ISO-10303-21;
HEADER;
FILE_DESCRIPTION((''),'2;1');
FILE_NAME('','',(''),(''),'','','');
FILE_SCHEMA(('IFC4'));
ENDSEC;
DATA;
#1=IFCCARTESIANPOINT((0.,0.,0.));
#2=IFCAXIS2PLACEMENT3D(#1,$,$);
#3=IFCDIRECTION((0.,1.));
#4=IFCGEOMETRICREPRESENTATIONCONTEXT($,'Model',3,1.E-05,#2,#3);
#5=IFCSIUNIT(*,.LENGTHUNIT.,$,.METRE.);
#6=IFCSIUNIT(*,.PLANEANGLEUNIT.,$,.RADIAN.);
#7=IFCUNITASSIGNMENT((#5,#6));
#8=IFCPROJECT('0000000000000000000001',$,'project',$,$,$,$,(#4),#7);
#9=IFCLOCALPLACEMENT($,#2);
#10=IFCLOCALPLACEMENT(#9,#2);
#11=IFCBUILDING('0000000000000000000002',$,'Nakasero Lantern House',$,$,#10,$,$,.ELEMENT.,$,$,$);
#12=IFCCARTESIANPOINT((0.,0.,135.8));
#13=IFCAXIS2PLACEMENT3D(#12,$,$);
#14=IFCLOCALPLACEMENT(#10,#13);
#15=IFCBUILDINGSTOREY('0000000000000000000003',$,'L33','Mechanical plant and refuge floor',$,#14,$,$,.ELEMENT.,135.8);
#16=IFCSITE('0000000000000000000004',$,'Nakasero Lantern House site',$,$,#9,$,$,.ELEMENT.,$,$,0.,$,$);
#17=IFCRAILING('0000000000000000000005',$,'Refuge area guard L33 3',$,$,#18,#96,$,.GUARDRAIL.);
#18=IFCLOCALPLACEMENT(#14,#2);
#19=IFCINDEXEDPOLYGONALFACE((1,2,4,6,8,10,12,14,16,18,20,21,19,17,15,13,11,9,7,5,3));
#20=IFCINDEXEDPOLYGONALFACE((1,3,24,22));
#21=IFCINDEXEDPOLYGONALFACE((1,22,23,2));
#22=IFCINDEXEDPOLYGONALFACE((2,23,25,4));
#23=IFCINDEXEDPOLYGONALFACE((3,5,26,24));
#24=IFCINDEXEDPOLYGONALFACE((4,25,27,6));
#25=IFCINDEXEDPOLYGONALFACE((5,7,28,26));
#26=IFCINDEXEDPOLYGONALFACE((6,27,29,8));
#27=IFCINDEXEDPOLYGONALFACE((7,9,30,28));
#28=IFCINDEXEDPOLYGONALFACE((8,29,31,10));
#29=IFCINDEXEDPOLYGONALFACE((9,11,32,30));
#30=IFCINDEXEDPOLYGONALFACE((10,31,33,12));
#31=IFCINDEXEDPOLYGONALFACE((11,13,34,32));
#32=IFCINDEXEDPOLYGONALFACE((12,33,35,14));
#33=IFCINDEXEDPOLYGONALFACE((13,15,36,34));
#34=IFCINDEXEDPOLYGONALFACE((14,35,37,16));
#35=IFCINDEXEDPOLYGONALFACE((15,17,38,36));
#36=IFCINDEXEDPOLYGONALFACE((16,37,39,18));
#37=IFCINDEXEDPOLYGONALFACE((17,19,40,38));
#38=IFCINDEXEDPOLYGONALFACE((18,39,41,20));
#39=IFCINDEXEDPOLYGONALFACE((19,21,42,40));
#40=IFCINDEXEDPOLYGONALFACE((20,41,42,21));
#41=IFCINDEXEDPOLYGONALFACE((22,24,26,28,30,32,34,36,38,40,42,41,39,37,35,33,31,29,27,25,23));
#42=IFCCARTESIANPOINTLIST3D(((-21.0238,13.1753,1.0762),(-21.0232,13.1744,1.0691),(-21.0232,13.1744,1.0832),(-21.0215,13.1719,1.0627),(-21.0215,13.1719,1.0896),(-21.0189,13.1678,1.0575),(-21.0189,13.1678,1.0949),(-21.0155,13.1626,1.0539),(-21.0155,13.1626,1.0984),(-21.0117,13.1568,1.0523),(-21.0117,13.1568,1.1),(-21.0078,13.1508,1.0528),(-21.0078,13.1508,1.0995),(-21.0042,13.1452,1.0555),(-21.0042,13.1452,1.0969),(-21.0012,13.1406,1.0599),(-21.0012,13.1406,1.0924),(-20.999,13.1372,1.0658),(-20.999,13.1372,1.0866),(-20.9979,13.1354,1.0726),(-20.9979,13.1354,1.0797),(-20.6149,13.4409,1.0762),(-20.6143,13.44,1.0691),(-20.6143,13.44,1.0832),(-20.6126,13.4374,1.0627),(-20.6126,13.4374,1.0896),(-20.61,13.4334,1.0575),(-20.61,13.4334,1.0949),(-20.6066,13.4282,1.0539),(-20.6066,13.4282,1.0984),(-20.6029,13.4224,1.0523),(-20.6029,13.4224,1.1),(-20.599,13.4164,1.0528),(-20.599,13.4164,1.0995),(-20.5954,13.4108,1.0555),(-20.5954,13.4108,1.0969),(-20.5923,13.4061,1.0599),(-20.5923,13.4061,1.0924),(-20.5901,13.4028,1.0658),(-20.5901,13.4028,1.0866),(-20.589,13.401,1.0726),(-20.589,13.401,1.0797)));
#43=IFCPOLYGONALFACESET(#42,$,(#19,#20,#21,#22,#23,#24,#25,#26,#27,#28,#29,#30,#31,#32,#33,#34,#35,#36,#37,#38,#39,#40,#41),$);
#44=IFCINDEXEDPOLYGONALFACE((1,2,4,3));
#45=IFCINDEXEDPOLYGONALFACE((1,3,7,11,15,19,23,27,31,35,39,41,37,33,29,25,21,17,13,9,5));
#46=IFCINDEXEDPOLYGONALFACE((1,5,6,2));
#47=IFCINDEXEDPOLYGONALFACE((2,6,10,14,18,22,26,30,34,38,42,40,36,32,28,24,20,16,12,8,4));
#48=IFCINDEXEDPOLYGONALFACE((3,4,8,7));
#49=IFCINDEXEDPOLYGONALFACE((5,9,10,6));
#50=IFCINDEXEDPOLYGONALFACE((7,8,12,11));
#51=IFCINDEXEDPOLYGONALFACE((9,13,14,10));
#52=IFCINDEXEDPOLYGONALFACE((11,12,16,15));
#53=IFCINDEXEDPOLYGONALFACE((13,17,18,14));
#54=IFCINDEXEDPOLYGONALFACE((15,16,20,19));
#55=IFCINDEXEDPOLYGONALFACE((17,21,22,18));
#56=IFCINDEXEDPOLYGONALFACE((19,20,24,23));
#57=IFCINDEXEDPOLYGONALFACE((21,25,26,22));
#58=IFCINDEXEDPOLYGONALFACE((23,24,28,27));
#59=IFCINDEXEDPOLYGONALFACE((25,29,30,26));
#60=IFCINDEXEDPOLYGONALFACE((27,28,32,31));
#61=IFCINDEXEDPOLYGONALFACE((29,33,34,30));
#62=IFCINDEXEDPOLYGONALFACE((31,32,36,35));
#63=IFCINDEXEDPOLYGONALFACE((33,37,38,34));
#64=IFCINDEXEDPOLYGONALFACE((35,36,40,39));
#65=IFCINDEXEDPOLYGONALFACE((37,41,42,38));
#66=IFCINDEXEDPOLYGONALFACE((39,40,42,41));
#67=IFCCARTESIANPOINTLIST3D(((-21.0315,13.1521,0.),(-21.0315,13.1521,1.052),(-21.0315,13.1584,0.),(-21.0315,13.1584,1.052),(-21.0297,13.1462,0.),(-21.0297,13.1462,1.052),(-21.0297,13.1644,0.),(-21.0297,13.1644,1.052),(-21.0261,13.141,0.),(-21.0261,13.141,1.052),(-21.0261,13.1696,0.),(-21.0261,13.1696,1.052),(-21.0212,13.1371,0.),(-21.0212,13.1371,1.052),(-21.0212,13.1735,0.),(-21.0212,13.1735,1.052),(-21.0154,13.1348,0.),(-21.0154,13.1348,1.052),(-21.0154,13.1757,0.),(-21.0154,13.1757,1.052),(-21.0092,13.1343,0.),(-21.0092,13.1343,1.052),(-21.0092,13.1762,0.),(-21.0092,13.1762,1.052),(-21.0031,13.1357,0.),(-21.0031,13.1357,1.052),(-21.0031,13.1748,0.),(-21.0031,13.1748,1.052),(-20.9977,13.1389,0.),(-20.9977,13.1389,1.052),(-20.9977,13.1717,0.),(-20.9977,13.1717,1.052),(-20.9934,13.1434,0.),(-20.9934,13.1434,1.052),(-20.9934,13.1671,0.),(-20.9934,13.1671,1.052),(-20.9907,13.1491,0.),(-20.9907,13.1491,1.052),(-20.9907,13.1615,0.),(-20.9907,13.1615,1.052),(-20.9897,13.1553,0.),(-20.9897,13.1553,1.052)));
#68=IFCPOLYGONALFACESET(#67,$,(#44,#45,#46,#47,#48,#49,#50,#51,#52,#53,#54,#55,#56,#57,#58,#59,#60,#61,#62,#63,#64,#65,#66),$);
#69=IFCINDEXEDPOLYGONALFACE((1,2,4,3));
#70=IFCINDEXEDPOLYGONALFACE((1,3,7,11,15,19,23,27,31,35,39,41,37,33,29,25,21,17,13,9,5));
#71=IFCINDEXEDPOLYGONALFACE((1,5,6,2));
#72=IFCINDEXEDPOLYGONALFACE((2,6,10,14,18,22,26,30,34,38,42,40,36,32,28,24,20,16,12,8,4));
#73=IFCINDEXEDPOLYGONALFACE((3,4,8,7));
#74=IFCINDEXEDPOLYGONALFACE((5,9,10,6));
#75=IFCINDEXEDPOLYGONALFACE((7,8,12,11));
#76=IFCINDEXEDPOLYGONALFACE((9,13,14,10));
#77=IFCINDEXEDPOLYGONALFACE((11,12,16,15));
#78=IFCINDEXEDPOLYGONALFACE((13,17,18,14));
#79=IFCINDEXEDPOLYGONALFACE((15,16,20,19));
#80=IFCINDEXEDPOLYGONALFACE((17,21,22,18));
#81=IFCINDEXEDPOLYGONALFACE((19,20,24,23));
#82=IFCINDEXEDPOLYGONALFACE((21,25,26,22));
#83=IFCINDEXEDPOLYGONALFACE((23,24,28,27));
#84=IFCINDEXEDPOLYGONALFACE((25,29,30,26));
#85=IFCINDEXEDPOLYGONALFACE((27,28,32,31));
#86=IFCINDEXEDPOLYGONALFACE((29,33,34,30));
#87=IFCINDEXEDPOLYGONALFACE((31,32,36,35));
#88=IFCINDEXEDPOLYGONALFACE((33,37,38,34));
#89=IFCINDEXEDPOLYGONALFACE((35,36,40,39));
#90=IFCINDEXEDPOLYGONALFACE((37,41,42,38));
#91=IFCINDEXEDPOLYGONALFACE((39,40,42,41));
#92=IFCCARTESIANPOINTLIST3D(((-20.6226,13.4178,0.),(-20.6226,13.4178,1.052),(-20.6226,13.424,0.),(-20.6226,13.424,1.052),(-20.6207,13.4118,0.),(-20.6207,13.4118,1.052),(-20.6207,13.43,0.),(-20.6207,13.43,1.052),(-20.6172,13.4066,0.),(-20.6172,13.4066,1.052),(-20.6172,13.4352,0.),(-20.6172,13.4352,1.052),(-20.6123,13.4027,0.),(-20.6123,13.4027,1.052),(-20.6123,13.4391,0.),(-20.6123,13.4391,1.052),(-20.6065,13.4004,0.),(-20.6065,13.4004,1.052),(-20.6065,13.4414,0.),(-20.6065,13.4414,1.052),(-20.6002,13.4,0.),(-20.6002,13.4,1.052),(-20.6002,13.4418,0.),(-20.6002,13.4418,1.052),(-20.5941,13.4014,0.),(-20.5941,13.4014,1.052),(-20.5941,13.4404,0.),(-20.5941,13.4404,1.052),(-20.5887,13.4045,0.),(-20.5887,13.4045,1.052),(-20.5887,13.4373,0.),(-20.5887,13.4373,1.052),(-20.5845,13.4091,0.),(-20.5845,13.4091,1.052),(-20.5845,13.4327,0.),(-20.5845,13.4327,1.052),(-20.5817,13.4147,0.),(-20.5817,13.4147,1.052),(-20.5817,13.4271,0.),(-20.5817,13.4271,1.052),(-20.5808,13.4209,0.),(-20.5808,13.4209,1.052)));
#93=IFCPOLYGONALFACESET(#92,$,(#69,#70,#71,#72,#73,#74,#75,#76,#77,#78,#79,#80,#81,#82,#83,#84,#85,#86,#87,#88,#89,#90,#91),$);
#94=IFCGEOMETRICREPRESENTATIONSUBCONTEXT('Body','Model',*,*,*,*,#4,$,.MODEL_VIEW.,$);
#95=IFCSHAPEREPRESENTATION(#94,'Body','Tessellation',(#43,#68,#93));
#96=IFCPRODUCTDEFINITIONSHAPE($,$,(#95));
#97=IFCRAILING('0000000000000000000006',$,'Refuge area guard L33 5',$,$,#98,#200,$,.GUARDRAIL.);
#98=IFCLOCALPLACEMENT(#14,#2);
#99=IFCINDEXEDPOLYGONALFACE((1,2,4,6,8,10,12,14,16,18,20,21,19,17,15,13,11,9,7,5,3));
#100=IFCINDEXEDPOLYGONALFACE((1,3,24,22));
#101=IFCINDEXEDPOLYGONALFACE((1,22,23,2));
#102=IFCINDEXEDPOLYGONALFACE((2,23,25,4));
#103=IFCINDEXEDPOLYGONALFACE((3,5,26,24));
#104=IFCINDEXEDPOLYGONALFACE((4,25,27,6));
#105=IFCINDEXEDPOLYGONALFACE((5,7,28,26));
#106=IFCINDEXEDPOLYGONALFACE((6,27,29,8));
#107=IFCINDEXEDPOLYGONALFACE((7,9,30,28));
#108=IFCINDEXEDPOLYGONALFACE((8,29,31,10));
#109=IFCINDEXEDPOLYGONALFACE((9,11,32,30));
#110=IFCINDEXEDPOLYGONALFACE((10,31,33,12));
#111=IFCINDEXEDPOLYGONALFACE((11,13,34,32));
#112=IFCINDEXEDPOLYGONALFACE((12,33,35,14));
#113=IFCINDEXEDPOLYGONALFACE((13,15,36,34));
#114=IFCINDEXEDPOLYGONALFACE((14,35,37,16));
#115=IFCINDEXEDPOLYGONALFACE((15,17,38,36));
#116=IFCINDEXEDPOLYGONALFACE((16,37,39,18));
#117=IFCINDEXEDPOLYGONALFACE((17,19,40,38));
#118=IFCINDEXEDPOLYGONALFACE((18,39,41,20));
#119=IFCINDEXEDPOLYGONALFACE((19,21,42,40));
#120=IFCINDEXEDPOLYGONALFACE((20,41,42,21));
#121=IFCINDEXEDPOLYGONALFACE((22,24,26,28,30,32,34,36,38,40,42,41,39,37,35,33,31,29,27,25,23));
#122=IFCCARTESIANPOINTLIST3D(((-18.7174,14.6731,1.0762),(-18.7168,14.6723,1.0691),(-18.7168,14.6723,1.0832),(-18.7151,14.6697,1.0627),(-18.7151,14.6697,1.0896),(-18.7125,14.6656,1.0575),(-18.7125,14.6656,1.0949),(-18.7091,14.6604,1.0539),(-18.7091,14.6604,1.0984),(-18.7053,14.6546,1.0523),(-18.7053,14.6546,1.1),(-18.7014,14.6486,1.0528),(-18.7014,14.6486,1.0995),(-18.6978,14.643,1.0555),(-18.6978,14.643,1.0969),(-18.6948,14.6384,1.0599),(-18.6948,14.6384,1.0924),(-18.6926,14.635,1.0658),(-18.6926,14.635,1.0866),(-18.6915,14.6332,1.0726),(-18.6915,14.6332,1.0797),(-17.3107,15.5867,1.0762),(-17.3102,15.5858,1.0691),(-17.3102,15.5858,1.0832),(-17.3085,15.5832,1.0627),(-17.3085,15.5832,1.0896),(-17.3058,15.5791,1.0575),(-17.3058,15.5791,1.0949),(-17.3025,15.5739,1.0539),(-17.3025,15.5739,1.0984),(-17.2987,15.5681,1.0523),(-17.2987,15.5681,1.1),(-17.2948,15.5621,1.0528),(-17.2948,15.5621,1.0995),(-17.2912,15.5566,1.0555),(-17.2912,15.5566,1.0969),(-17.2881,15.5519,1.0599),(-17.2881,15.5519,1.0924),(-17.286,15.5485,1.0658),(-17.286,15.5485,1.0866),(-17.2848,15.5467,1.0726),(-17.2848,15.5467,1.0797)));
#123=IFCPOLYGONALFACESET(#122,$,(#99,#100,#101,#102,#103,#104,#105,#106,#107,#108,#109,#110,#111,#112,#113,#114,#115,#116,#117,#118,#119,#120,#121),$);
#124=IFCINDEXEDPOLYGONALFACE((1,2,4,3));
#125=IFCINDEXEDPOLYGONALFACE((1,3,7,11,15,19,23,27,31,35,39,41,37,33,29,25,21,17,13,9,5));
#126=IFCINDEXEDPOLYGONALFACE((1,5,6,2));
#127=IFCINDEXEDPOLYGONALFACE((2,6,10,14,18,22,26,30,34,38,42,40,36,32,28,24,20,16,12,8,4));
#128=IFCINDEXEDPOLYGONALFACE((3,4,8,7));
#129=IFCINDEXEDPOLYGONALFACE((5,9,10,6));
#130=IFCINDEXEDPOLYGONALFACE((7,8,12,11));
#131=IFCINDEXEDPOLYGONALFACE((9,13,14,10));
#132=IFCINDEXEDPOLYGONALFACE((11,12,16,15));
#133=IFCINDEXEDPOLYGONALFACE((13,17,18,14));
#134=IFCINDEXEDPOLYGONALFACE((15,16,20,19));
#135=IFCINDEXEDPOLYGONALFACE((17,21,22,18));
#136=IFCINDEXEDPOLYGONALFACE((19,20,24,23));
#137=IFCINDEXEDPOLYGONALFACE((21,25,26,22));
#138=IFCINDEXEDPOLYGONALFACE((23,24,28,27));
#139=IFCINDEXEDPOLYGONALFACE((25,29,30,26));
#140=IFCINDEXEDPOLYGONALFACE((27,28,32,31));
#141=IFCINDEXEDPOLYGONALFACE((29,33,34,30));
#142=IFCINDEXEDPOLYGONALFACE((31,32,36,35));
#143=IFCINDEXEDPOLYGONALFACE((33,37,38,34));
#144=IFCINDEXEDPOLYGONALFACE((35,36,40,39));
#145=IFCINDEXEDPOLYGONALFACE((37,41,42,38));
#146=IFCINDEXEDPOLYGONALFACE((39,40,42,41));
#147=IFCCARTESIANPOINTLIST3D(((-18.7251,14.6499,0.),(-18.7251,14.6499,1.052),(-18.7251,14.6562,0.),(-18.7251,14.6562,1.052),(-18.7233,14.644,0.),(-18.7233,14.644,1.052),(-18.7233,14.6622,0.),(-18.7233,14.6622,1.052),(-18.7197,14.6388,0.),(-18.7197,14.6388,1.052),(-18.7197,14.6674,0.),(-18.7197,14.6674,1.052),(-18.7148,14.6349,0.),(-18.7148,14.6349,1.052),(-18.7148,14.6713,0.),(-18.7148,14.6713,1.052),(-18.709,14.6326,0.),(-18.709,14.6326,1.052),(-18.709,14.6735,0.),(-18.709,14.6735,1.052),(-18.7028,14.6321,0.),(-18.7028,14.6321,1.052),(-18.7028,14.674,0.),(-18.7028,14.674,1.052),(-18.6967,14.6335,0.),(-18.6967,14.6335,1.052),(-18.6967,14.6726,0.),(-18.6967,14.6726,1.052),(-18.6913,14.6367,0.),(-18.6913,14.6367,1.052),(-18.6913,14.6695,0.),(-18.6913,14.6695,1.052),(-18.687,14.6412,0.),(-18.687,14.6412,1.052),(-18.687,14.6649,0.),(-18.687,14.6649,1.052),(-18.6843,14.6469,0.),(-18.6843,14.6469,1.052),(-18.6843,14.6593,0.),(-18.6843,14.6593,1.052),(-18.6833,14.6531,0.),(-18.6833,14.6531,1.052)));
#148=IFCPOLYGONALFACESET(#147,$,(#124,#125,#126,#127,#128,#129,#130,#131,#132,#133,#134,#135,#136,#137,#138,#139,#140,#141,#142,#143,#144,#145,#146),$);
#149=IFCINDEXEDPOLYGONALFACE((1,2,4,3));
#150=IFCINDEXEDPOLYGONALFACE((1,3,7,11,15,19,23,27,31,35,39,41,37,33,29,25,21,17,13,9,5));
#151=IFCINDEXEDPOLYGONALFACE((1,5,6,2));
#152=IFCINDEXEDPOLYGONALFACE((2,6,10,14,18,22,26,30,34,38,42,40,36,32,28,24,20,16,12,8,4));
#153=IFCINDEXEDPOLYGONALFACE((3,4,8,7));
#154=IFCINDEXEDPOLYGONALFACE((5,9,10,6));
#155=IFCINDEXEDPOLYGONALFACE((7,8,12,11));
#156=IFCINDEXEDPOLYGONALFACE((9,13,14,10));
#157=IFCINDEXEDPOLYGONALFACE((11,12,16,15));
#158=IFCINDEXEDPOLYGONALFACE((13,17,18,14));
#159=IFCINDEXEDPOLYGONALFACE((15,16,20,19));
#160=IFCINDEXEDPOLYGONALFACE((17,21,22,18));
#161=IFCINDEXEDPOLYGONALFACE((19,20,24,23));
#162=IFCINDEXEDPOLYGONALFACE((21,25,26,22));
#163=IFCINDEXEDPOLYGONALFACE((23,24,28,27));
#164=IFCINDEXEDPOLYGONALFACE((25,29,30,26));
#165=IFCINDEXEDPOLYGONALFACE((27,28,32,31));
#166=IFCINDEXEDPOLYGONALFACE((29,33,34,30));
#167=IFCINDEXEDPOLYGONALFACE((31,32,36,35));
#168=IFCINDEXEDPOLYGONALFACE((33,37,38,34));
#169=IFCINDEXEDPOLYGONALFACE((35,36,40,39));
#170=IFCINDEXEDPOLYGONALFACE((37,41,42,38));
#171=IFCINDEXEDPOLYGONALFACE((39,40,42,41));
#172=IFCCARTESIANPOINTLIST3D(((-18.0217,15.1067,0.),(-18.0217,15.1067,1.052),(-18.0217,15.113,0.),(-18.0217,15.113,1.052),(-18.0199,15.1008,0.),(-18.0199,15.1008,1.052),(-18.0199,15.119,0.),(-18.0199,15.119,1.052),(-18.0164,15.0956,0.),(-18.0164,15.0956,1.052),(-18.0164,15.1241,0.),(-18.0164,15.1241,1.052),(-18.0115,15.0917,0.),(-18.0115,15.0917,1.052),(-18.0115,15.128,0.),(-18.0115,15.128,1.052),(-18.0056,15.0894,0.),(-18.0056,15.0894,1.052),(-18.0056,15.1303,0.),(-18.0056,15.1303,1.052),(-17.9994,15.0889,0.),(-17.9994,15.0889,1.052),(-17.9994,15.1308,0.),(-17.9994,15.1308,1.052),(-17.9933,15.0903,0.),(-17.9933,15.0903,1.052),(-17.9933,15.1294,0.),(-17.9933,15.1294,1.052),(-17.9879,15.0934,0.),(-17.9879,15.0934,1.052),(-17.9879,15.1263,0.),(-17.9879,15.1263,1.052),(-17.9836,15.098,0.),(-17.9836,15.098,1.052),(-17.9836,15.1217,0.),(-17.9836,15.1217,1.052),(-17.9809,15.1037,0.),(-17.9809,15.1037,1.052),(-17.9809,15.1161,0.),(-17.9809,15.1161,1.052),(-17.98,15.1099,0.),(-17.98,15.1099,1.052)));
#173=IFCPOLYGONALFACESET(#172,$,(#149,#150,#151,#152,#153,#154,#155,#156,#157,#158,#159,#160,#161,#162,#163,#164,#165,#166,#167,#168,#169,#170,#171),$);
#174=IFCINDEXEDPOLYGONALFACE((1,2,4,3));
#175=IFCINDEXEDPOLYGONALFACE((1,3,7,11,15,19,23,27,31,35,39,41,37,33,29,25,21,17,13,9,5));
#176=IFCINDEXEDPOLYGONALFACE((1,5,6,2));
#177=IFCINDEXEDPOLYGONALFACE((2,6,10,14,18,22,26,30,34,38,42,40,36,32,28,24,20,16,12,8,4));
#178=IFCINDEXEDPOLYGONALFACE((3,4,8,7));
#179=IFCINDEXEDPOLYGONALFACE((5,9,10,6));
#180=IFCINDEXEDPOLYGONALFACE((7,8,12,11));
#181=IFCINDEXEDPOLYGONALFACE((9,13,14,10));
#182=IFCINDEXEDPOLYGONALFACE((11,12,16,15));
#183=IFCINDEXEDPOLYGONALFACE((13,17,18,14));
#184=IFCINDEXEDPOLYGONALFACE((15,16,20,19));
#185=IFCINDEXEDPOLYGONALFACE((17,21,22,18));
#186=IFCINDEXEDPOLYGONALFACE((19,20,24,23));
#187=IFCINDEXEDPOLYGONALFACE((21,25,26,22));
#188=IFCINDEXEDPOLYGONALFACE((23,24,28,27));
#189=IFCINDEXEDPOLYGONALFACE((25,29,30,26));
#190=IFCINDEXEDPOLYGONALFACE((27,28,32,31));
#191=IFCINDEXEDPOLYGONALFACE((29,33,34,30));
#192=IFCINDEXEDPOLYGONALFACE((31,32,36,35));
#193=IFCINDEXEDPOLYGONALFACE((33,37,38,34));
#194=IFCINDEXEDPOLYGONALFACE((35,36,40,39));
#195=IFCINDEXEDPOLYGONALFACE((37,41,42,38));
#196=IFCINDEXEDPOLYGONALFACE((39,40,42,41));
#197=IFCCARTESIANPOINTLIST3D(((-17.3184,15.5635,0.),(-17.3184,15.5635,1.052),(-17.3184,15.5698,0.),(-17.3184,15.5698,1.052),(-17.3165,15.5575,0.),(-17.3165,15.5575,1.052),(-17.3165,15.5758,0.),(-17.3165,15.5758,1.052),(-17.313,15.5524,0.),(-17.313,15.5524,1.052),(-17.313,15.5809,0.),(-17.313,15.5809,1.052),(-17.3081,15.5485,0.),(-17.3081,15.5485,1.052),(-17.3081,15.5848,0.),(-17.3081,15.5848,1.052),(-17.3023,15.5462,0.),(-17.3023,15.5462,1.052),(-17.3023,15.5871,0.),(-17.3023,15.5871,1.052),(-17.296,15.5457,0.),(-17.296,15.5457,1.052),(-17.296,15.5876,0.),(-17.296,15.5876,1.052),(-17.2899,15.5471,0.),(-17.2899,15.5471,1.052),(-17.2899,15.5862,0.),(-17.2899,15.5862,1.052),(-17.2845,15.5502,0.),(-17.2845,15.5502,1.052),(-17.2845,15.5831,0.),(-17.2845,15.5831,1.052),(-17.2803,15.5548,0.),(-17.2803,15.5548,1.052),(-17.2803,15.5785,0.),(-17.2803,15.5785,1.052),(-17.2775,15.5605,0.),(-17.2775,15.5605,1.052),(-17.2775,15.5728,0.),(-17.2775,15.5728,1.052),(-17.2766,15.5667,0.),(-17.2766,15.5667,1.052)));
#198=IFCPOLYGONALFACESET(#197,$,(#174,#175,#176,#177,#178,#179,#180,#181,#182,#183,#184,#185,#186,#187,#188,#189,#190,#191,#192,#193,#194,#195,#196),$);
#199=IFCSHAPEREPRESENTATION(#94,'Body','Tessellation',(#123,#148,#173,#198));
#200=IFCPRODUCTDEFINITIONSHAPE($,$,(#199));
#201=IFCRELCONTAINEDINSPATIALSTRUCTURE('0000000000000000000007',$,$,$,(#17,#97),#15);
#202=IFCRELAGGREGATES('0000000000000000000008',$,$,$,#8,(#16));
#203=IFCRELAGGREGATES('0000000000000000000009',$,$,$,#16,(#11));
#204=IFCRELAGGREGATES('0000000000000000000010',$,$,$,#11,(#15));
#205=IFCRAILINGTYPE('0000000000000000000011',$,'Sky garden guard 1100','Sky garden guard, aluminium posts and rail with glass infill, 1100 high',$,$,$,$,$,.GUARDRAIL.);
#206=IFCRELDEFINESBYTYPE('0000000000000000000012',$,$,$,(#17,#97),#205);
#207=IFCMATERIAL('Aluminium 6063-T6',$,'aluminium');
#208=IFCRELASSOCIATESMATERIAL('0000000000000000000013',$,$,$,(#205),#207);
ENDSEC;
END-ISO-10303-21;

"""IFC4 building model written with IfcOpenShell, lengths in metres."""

from ifc_helpers import new_model, si_unit, direction, frame, origin, origin_2d, place, context, subcontext, project, spatial, circle, extrude, material, type_object, element, save


model = new_model("IFC4")

# Units and contexts
model_context = context("Model", 3, precision=1e-05, world=origin(), true_north=direction((0.0, 1.0)))
body_context = subcontext(model_context, "Body", "Model", "MODEL_VIEW")
ifc_project = project(units=[si_unit("LENGTHUNIT", "METRE"), si_unit("PLANEANGLEUNIT", "RADIAN")], contexts=[model_context])

# Site, building, storey
site_placement = place(None, origin())
site = spatial("IfcSite", under=ifc_project, at=site_placement, Name="Nakasero Lantern House site", CompositionType="ELEMENT", RefElevation=0.0)
building_placement = place(site_placement, origin())
building = spatial("IfcBuilding", under=site, at=building_placement, Name="Nakasero Lantern House", CompositionType="ELEMENT")
storey_placement = place(building_placement, frame((0.0, 0.0, 135.8)))
storey = spatial("IfcBuildingStorey", under=building, at=storey_placement, Name="L33", Description="Mechanical plant and refuge floor", CompositionType="ELEMENT", Elevation=135.8)

# Railings
ifc_material_1 = material(Name="Aluminium 6063-T6", Category="aluminium")
railing_type = type_object("IfcRailingType", Name="Sky garden guard 1100", Description="Sky garden guard, aluminium posts and rail with glass infill, 1100 high", PredefinedType="GUARDRAIL", material=ifc_material_1)
railing_1_placement = place(storey_placement, frame((-21.0107, 13.1553, 0.0)))
element("IfcRailing", 1, at=railing_1_placement, inside=storey, type_object=railing_type, Name="Refuge area guard L33 3", PredefinedType="GUARDRAIL", context=body_context, shape_type="SweptSolid", body=[
    extrude(circle(Radius=0.0239, at=origin_2d()), frame((0.0, 0.0, 1.0762), z_axis=(0.838615, 0.544724, 0.0), x_axis=(-0.544724, 0.838615, 0.0)), (0.0, 0.0, 1.0), 0.4875),
    extrude(circle(Radius=0.021, at=origin_2d()), origin(), (0.0, 0.0, 1.0), 1.052),
    extrude(circle(Radius=0.021, at=origin_2d()), frame((0.4089, 0.2656, 0.0)), (0.0, 0.0, 1.0), 1.052),
])
railing_2_placement = place(storey_placement, frame((-18.7043, 14.6531, 0.0)))
element("IfcRailing", 2, at=railing_2_placement, inside=storey, type_object=railing_type, Name="Refuge area guard L33 5", PredefinedType="GUARDRAIL", context=body_context, shape_type="SweptSolid", body=[
    extrude(circle(Radius=0.0239, at=origin_2d()), frame((0.0, 0.0, 1.0762), z_axis=(0.838663, 0.544651, 0.0), x_axis=(-0.544651, 0.838663, 0.0)), (0.0, 0.0, 1.0), 1.6772),
    extrude(circle(Radius=0.021, at=origin_2d()), origin(), (0.0, 0.0, 1.0), 1.052),
    extrude(circle(Radius=0.021, at=origin_2d()), frame((0.7034, 0.4568, 0.0)), (0.0, 0.0, 1.0), 1.052),
    extrude(circle(Radius=0.021, at=origin_2d()), frame((1.4067, 0.9136, 0.0)), (0.0, 0.0, 1.0), 1.052),
])

save(model, "model.ifc")
